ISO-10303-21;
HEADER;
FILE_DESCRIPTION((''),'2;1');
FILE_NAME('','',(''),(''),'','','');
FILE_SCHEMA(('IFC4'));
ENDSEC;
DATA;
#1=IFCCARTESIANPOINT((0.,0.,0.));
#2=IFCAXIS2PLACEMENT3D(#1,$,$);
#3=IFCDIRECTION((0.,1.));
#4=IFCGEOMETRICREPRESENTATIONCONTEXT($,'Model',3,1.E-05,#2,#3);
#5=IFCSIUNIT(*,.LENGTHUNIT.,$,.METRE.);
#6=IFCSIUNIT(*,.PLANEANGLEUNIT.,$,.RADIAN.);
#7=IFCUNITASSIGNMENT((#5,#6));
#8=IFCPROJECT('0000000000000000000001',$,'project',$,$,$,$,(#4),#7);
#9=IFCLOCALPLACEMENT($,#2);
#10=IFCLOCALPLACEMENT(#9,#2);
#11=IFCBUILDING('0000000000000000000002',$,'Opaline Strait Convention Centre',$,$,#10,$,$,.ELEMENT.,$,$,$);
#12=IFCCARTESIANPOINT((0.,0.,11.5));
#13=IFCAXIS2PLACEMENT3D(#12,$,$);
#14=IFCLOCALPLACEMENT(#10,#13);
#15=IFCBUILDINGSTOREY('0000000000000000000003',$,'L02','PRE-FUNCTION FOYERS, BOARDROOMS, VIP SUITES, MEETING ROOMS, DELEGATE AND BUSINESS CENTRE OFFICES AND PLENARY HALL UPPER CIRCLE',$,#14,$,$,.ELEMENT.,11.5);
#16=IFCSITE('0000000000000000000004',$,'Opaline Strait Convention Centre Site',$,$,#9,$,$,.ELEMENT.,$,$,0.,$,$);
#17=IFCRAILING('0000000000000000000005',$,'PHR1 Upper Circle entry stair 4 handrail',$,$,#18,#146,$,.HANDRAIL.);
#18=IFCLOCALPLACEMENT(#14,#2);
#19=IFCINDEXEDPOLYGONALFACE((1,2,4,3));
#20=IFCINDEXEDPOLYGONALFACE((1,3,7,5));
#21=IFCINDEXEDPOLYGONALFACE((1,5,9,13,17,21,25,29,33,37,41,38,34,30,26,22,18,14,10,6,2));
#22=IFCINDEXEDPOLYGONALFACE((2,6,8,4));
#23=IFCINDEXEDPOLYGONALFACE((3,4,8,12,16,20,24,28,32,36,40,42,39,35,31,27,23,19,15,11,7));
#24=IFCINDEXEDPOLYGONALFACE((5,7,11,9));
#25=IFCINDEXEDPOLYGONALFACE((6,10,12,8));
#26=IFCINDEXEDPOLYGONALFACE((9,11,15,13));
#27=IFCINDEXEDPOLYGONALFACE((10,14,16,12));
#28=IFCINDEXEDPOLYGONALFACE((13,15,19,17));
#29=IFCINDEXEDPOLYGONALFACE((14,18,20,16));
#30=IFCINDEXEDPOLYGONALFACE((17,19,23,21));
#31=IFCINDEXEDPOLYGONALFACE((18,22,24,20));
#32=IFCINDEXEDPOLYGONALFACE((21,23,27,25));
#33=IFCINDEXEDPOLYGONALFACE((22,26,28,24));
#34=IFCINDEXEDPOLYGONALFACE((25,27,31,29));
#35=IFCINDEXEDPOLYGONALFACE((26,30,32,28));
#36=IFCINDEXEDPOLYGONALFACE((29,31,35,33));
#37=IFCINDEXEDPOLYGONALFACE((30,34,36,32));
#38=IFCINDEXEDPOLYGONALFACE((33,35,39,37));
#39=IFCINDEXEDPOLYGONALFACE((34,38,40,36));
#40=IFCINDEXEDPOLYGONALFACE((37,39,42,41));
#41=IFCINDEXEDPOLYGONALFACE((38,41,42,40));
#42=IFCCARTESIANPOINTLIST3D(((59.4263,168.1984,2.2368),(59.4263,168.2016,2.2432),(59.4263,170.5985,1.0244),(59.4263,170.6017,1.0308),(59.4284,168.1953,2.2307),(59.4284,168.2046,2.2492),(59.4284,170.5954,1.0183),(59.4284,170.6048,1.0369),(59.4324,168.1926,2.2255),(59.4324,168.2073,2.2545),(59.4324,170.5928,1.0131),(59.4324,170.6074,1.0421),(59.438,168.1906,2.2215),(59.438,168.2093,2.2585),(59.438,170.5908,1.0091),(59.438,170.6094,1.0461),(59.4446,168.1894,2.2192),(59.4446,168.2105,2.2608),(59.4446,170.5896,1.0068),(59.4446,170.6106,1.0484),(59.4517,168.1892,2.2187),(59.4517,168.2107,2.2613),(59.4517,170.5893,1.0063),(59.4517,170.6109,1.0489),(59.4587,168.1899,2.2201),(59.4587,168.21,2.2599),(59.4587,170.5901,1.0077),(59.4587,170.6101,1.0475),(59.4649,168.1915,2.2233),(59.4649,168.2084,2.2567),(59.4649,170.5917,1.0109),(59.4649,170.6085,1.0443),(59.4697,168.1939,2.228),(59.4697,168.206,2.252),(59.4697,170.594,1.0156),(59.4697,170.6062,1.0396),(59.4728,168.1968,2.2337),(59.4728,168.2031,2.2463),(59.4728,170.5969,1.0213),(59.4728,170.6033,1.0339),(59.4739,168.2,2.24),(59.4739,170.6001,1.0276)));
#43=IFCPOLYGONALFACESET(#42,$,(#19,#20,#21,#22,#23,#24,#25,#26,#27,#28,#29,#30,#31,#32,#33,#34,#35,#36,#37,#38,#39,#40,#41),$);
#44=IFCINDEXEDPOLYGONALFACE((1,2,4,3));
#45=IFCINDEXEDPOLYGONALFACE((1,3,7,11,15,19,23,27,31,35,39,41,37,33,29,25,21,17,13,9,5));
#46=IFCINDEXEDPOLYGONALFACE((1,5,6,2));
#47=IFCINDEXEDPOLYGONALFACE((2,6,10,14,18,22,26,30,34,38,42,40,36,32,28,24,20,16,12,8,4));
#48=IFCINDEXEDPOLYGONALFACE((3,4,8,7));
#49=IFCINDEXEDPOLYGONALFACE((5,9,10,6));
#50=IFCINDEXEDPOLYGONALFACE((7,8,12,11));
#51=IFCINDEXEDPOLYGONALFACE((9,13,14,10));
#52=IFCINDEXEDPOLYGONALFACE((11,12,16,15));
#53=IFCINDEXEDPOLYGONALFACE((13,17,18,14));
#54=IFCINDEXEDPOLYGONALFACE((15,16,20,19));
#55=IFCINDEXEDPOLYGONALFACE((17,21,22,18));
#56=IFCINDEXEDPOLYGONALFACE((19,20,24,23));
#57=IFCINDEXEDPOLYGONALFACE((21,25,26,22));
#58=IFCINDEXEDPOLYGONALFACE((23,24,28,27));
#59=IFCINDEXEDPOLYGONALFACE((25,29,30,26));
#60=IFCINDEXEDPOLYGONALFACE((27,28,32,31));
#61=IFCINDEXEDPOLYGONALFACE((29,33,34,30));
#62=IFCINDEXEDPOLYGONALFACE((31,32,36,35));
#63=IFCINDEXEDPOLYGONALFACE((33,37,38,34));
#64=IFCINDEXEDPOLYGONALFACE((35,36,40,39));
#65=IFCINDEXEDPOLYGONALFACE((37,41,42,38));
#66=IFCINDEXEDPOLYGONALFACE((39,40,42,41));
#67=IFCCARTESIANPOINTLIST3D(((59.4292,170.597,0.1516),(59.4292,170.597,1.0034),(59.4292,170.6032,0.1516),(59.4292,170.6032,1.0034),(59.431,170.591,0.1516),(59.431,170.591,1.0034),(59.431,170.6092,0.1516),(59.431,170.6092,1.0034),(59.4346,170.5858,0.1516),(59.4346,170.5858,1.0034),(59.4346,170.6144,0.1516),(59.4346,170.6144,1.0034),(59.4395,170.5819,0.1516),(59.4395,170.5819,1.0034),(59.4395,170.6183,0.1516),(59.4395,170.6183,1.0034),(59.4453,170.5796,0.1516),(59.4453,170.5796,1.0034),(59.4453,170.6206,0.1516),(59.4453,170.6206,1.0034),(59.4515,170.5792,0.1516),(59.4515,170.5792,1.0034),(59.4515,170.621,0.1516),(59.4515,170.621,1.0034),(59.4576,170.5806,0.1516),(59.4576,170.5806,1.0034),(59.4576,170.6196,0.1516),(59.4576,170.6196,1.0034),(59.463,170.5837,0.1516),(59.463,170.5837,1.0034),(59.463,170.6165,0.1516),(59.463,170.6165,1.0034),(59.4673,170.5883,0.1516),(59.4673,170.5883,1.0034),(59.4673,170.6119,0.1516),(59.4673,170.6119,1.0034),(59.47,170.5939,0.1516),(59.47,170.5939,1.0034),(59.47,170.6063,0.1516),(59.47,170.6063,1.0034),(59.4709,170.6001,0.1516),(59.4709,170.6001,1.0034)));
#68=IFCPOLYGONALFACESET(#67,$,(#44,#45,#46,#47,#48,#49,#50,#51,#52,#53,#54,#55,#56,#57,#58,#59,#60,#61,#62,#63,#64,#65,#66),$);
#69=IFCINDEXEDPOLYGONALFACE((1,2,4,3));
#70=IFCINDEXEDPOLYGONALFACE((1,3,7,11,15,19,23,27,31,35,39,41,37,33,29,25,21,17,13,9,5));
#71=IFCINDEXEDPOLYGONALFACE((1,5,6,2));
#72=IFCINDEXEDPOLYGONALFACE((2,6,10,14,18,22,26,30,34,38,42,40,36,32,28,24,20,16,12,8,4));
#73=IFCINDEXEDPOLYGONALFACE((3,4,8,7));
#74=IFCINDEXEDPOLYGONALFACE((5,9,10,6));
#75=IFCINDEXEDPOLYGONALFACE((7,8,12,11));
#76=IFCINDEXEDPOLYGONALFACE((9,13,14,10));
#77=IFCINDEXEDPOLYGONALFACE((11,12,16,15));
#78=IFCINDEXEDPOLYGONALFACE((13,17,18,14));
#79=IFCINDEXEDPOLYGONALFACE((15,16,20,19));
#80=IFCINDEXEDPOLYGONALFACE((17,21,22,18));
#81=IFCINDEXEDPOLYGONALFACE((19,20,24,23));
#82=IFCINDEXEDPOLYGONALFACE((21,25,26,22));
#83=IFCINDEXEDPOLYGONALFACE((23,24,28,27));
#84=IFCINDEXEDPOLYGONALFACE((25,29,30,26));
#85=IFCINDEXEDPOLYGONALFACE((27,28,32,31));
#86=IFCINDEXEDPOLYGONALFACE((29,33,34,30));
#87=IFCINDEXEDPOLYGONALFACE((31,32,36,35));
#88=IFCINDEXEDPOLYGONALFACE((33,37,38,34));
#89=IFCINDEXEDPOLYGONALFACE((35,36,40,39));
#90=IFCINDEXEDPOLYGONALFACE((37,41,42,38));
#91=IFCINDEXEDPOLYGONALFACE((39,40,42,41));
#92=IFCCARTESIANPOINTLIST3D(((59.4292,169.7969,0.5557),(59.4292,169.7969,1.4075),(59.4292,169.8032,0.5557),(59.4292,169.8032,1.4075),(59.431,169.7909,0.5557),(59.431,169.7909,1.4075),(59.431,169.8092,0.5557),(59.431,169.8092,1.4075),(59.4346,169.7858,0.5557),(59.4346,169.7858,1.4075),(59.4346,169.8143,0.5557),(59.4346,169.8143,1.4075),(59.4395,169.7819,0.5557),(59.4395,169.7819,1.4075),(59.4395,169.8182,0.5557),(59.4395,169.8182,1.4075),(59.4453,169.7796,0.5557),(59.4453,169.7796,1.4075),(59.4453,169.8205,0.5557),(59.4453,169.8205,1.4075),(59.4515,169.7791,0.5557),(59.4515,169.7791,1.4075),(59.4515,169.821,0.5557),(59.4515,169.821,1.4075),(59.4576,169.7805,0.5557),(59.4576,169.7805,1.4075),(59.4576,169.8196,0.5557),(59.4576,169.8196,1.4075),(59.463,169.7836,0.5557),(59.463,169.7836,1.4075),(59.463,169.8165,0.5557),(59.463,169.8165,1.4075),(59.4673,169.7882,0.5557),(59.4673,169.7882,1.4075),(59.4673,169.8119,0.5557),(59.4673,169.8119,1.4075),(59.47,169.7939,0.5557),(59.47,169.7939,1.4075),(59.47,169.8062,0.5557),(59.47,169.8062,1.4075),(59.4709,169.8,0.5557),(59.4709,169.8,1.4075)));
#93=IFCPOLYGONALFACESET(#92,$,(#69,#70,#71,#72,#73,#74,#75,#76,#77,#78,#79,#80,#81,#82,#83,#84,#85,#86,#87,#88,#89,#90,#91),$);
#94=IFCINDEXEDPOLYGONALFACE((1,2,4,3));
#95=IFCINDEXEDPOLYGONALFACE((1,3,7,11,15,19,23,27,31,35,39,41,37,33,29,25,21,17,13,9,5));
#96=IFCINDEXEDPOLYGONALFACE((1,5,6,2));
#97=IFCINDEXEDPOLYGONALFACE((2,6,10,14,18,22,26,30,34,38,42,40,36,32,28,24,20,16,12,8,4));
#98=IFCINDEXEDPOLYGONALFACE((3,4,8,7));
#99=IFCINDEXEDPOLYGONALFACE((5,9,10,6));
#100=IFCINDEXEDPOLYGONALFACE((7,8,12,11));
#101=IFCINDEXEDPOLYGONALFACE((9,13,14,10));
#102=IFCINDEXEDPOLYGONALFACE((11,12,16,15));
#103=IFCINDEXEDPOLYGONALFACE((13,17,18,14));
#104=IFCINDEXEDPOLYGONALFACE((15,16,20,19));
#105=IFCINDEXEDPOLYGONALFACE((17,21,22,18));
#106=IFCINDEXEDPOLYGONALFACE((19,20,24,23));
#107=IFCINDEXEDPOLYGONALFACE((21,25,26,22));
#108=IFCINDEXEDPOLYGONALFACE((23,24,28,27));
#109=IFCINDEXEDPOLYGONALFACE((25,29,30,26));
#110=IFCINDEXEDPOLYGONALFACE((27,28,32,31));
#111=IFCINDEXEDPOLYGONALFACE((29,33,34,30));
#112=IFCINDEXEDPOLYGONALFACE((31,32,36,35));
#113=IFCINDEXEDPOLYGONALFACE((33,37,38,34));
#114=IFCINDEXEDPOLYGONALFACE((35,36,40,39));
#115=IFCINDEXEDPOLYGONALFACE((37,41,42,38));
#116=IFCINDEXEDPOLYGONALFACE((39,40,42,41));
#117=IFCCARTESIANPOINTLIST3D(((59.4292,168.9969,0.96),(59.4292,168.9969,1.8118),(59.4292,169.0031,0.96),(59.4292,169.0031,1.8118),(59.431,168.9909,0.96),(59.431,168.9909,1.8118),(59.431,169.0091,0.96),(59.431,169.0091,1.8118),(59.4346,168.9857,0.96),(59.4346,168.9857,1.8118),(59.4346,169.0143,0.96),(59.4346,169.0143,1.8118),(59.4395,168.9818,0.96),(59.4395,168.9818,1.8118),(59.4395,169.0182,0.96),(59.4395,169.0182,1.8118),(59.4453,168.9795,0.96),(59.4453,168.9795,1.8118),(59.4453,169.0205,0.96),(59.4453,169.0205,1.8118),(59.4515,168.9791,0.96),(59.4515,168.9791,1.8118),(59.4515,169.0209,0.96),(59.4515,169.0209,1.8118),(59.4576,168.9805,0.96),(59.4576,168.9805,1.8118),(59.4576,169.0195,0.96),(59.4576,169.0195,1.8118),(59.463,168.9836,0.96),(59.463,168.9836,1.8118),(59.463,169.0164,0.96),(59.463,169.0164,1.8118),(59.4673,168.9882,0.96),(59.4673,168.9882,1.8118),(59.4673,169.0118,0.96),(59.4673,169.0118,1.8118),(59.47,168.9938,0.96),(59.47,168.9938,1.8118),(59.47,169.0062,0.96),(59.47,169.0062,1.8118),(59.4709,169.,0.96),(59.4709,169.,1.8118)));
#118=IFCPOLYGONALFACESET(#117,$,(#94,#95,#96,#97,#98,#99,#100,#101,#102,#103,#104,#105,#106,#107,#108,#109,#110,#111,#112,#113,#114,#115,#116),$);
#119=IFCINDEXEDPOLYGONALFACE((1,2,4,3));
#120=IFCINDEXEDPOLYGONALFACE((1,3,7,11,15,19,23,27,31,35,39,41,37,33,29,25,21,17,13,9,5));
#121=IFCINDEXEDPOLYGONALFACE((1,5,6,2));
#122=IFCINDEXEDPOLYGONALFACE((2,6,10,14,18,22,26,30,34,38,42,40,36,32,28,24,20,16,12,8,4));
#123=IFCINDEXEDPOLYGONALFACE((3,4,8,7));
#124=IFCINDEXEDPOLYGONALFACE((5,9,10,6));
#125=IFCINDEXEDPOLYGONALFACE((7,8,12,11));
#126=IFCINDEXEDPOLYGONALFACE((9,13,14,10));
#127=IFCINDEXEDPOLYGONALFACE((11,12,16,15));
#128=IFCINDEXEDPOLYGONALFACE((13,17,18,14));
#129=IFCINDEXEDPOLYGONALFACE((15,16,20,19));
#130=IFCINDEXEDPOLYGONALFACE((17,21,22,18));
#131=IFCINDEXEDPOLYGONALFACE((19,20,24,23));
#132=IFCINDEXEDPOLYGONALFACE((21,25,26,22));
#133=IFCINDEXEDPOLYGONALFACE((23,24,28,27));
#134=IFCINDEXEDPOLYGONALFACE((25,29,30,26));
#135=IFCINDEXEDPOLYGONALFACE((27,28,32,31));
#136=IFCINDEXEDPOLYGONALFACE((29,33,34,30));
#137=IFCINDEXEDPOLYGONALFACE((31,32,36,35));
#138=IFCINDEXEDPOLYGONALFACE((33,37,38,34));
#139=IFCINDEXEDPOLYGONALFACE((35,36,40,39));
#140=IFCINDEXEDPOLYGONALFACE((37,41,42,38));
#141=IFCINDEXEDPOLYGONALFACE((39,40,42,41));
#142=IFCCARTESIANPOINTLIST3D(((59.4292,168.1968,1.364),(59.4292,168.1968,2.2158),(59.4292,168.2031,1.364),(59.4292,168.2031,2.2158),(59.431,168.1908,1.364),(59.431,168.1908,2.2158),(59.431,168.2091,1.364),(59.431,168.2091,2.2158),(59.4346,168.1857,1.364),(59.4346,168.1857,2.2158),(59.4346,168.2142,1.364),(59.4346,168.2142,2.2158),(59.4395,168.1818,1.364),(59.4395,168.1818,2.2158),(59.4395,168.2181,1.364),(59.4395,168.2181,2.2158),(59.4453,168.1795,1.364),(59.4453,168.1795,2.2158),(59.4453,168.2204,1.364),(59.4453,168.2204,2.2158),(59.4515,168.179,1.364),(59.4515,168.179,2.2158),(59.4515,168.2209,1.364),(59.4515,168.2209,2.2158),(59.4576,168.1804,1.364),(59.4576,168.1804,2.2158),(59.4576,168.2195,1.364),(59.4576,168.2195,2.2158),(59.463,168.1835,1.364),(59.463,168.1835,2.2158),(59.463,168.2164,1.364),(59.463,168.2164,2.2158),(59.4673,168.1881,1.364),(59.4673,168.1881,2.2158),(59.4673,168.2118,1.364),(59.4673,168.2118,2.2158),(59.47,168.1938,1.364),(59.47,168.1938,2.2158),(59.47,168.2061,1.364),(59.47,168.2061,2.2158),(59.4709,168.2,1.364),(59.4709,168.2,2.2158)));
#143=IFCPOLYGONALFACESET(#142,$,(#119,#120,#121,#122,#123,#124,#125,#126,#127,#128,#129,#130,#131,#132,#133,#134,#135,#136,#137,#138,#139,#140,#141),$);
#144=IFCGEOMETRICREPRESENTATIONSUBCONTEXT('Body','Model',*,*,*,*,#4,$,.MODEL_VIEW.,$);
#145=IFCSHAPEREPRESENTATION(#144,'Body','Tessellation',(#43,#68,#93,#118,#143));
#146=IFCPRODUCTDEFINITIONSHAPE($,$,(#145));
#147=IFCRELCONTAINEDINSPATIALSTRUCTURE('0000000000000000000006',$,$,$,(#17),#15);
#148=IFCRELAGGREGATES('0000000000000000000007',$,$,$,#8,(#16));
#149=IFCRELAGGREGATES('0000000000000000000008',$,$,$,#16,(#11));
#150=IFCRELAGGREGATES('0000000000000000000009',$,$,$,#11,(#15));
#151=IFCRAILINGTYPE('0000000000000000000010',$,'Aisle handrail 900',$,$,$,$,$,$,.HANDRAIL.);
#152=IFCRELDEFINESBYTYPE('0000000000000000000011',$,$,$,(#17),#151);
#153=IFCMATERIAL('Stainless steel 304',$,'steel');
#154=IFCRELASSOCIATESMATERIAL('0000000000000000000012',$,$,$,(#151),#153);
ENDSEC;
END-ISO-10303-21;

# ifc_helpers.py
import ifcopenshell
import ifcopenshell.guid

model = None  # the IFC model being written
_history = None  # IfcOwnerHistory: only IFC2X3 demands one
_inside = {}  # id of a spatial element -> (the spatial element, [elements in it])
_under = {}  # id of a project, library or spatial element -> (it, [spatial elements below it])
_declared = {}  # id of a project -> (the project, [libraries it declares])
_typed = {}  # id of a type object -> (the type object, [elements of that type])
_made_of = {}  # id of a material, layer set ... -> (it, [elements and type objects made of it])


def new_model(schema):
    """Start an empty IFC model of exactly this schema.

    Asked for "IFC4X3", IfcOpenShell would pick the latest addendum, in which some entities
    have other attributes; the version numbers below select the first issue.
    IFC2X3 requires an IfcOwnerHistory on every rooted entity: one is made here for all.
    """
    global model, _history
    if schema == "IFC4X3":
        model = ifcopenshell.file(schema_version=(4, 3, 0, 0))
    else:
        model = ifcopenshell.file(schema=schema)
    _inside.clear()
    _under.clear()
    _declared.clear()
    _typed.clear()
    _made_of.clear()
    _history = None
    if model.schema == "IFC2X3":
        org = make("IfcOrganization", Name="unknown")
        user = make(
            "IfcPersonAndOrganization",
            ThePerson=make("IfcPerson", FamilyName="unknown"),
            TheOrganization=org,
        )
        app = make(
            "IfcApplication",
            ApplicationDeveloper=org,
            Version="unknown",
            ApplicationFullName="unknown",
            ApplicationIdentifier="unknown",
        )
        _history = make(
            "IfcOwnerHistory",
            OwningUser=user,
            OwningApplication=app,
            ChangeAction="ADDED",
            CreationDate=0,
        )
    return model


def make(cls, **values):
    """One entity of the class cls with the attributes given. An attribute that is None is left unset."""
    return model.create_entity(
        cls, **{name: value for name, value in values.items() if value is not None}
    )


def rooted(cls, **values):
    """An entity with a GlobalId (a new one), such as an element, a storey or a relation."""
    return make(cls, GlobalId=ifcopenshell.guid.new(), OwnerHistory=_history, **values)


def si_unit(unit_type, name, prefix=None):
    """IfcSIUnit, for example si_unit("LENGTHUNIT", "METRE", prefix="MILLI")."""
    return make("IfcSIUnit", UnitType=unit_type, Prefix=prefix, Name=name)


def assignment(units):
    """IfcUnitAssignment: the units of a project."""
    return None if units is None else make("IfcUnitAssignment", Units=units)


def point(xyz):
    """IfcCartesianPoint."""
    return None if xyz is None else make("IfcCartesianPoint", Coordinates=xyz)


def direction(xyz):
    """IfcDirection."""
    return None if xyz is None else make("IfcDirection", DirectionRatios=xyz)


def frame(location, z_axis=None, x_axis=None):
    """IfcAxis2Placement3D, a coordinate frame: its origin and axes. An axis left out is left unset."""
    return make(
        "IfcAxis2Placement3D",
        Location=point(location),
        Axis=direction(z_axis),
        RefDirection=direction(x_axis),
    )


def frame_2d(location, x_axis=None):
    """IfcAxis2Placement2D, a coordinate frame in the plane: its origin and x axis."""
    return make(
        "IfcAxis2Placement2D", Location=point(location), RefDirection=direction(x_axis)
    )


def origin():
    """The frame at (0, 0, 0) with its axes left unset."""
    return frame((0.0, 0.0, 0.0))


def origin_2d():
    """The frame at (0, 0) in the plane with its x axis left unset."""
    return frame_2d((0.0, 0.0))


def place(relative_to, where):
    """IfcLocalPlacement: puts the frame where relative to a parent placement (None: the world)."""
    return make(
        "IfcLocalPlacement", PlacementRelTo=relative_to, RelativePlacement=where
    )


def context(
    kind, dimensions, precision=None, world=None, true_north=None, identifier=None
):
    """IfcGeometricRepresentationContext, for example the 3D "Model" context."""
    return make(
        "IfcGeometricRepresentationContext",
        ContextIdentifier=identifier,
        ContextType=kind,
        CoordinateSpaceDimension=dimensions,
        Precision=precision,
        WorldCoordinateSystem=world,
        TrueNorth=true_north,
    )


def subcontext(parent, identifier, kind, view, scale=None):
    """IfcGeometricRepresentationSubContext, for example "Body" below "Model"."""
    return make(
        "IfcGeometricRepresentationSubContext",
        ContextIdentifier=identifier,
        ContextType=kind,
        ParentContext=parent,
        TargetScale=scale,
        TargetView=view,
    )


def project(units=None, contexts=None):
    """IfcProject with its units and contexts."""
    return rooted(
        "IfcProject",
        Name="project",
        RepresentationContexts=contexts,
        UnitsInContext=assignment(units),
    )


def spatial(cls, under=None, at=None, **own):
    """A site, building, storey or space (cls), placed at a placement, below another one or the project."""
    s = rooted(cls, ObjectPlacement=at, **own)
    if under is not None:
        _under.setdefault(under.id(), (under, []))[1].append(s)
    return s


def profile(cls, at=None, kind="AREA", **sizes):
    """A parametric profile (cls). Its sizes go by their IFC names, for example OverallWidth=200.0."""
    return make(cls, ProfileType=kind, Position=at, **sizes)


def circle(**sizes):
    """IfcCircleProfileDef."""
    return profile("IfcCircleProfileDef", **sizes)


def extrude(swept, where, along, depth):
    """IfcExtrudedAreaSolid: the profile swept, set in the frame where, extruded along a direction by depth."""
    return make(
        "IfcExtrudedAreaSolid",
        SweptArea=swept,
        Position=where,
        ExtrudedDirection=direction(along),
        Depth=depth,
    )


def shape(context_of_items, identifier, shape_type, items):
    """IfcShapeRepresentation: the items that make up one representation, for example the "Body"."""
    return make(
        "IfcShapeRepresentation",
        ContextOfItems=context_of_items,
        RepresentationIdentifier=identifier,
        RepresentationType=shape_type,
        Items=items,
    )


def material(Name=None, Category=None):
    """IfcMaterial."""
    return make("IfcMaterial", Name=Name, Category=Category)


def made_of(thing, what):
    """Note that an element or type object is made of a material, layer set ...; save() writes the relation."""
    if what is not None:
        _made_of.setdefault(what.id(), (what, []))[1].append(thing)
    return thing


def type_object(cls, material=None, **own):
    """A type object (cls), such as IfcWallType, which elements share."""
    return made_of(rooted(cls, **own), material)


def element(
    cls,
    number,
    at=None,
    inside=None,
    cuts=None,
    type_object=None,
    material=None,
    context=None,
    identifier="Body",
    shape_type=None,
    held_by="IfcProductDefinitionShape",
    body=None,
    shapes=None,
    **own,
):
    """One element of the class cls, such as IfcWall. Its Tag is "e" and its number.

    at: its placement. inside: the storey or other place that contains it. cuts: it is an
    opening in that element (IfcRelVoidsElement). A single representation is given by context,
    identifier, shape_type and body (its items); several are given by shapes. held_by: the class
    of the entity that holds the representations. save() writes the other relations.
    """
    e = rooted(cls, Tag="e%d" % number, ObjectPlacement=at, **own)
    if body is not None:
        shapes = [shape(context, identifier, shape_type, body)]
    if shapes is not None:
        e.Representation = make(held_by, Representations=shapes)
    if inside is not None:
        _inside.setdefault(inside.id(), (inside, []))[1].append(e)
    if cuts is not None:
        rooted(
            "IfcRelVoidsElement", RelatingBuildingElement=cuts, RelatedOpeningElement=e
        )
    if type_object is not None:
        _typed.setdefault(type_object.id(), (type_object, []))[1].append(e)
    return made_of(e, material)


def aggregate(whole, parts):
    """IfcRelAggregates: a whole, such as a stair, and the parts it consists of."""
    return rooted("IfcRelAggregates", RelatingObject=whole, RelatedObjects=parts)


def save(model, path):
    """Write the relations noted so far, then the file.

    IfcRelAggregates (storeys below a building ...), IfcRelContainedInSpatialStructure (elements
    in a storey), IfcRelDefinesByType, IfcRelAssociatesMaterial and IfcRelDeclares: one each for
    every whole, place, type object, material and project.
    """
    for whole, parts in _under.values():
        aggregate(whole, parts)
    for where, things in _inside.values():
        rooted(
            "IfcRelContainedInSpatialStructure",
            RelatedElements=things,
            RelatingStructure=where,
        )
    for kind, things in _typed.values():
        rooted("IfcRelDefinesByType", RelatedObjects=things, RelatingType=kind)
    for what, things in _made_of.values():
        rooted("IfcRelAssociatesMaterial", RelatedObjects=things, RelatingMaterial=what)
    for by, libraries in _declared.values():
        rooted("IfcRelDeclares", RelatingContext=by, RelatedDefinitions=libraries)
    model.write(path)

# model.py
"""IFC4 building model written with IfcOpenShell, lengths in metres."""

from ifc_helpers import new_model, si_unit, direction, frame, origin, origin_2d, place, context, subcontext, project, spatial, circle, extrude, material, type_object, element, save


model = new_model("IFC4")

# Units and contexts
model_context = context("Model", 3, precision=1e-05, world=origin(), true_north=direction((0.0, 1.0)))
body_context = subcontext(model_context, "Body", "Model", "MODEL_VIEW")
ifc_project = project(units=[si_unit("LENGTHUNIT", "METRE"), si_unit("PLANEANGLEUNIT", "RADIAN")], contexts=[model_context])

# Site, building, storey
site_placement = place(None, origin())
site = spatial("IfcSite", under=ifc_project, at=site_placement, Name="Opaline Strait Convention Centre Site", CompositionType="ELEMENT", RefElevation=0.0)
building_placement = place(site_placement, origin())
building = spatial("IfcBuilding", under=site, at=building_placement, Name="Opaline Strait Convention Centre", CompositionType="ELEMENT")
storey_placement = place(building_placement, frame((0.0, 0.0, 11.5)))
storey = spatial("IfcBuildingStorey", under=building, at=storey_placement, Name="L02", Description="PRE-FUNCTION FOYERS, BOARDROOMS, VIP SUITES, MEETING ROOMS, DELEGATE AND BUSINESS CENTRE OFFICES AND PLENARY HALL UPPER CIRCLE", CompositionType="ELEMENT", Elevation=11.5)

# Railing
ifc_material_1 = material(Name="Stainless steel 304", Category="steel")
railing_type_1 = type_object("IfcRailingType", Name="Aisle handrail 900", PredefinedType="HANDRAIL", material=ifc_material_1)
for number, where, name in (
    (1, (59.45, 170.6001, 0.1516), "PHR1 Upper Circle entry stair 4 handrail"),
):
    element("IfcRailing", number, at=place(storey_placement, frame(where)), inside=storey, type_object=railing_type_1, Name=name, PredefinedType="HANDRAIL", context=body_context, shape_type="SweptSolid", body=[
        extrude(circle(Radius=0.0239, at=origin_2d()), frame((0.0, 0.0, 0.876), z_axis=(0.0, -0.892586, 0.450878), x_axis=(1.0, 0.0, 0.0)), (0.0, 0.0, 1.0), 2.689),
        extrude(circle(Radius=0.021, at=origin_2d()), origin(), (0.0, 0.0, 1.0), 0.8518),
        extrude(circle(Radius=0.021, at=origin_2d()), frame((0.0, -0.8, 0.4041)), (0.0, 0.0, 1.0), 0.8518),
        extrude(circle(Radius=0.021, at=origin_2d()), frame((0.0, -1.6001, 0.8083)), (0.0, 0.0, 1.0), 0.8518),
        extrude(circle(Radius=0.021, at=origin_2d()), frame((0.0, -2.4001, 1.2124)), (0.0, 0.0, 1.0), 0.8518),
    ])

save(model, "model.ifc")
